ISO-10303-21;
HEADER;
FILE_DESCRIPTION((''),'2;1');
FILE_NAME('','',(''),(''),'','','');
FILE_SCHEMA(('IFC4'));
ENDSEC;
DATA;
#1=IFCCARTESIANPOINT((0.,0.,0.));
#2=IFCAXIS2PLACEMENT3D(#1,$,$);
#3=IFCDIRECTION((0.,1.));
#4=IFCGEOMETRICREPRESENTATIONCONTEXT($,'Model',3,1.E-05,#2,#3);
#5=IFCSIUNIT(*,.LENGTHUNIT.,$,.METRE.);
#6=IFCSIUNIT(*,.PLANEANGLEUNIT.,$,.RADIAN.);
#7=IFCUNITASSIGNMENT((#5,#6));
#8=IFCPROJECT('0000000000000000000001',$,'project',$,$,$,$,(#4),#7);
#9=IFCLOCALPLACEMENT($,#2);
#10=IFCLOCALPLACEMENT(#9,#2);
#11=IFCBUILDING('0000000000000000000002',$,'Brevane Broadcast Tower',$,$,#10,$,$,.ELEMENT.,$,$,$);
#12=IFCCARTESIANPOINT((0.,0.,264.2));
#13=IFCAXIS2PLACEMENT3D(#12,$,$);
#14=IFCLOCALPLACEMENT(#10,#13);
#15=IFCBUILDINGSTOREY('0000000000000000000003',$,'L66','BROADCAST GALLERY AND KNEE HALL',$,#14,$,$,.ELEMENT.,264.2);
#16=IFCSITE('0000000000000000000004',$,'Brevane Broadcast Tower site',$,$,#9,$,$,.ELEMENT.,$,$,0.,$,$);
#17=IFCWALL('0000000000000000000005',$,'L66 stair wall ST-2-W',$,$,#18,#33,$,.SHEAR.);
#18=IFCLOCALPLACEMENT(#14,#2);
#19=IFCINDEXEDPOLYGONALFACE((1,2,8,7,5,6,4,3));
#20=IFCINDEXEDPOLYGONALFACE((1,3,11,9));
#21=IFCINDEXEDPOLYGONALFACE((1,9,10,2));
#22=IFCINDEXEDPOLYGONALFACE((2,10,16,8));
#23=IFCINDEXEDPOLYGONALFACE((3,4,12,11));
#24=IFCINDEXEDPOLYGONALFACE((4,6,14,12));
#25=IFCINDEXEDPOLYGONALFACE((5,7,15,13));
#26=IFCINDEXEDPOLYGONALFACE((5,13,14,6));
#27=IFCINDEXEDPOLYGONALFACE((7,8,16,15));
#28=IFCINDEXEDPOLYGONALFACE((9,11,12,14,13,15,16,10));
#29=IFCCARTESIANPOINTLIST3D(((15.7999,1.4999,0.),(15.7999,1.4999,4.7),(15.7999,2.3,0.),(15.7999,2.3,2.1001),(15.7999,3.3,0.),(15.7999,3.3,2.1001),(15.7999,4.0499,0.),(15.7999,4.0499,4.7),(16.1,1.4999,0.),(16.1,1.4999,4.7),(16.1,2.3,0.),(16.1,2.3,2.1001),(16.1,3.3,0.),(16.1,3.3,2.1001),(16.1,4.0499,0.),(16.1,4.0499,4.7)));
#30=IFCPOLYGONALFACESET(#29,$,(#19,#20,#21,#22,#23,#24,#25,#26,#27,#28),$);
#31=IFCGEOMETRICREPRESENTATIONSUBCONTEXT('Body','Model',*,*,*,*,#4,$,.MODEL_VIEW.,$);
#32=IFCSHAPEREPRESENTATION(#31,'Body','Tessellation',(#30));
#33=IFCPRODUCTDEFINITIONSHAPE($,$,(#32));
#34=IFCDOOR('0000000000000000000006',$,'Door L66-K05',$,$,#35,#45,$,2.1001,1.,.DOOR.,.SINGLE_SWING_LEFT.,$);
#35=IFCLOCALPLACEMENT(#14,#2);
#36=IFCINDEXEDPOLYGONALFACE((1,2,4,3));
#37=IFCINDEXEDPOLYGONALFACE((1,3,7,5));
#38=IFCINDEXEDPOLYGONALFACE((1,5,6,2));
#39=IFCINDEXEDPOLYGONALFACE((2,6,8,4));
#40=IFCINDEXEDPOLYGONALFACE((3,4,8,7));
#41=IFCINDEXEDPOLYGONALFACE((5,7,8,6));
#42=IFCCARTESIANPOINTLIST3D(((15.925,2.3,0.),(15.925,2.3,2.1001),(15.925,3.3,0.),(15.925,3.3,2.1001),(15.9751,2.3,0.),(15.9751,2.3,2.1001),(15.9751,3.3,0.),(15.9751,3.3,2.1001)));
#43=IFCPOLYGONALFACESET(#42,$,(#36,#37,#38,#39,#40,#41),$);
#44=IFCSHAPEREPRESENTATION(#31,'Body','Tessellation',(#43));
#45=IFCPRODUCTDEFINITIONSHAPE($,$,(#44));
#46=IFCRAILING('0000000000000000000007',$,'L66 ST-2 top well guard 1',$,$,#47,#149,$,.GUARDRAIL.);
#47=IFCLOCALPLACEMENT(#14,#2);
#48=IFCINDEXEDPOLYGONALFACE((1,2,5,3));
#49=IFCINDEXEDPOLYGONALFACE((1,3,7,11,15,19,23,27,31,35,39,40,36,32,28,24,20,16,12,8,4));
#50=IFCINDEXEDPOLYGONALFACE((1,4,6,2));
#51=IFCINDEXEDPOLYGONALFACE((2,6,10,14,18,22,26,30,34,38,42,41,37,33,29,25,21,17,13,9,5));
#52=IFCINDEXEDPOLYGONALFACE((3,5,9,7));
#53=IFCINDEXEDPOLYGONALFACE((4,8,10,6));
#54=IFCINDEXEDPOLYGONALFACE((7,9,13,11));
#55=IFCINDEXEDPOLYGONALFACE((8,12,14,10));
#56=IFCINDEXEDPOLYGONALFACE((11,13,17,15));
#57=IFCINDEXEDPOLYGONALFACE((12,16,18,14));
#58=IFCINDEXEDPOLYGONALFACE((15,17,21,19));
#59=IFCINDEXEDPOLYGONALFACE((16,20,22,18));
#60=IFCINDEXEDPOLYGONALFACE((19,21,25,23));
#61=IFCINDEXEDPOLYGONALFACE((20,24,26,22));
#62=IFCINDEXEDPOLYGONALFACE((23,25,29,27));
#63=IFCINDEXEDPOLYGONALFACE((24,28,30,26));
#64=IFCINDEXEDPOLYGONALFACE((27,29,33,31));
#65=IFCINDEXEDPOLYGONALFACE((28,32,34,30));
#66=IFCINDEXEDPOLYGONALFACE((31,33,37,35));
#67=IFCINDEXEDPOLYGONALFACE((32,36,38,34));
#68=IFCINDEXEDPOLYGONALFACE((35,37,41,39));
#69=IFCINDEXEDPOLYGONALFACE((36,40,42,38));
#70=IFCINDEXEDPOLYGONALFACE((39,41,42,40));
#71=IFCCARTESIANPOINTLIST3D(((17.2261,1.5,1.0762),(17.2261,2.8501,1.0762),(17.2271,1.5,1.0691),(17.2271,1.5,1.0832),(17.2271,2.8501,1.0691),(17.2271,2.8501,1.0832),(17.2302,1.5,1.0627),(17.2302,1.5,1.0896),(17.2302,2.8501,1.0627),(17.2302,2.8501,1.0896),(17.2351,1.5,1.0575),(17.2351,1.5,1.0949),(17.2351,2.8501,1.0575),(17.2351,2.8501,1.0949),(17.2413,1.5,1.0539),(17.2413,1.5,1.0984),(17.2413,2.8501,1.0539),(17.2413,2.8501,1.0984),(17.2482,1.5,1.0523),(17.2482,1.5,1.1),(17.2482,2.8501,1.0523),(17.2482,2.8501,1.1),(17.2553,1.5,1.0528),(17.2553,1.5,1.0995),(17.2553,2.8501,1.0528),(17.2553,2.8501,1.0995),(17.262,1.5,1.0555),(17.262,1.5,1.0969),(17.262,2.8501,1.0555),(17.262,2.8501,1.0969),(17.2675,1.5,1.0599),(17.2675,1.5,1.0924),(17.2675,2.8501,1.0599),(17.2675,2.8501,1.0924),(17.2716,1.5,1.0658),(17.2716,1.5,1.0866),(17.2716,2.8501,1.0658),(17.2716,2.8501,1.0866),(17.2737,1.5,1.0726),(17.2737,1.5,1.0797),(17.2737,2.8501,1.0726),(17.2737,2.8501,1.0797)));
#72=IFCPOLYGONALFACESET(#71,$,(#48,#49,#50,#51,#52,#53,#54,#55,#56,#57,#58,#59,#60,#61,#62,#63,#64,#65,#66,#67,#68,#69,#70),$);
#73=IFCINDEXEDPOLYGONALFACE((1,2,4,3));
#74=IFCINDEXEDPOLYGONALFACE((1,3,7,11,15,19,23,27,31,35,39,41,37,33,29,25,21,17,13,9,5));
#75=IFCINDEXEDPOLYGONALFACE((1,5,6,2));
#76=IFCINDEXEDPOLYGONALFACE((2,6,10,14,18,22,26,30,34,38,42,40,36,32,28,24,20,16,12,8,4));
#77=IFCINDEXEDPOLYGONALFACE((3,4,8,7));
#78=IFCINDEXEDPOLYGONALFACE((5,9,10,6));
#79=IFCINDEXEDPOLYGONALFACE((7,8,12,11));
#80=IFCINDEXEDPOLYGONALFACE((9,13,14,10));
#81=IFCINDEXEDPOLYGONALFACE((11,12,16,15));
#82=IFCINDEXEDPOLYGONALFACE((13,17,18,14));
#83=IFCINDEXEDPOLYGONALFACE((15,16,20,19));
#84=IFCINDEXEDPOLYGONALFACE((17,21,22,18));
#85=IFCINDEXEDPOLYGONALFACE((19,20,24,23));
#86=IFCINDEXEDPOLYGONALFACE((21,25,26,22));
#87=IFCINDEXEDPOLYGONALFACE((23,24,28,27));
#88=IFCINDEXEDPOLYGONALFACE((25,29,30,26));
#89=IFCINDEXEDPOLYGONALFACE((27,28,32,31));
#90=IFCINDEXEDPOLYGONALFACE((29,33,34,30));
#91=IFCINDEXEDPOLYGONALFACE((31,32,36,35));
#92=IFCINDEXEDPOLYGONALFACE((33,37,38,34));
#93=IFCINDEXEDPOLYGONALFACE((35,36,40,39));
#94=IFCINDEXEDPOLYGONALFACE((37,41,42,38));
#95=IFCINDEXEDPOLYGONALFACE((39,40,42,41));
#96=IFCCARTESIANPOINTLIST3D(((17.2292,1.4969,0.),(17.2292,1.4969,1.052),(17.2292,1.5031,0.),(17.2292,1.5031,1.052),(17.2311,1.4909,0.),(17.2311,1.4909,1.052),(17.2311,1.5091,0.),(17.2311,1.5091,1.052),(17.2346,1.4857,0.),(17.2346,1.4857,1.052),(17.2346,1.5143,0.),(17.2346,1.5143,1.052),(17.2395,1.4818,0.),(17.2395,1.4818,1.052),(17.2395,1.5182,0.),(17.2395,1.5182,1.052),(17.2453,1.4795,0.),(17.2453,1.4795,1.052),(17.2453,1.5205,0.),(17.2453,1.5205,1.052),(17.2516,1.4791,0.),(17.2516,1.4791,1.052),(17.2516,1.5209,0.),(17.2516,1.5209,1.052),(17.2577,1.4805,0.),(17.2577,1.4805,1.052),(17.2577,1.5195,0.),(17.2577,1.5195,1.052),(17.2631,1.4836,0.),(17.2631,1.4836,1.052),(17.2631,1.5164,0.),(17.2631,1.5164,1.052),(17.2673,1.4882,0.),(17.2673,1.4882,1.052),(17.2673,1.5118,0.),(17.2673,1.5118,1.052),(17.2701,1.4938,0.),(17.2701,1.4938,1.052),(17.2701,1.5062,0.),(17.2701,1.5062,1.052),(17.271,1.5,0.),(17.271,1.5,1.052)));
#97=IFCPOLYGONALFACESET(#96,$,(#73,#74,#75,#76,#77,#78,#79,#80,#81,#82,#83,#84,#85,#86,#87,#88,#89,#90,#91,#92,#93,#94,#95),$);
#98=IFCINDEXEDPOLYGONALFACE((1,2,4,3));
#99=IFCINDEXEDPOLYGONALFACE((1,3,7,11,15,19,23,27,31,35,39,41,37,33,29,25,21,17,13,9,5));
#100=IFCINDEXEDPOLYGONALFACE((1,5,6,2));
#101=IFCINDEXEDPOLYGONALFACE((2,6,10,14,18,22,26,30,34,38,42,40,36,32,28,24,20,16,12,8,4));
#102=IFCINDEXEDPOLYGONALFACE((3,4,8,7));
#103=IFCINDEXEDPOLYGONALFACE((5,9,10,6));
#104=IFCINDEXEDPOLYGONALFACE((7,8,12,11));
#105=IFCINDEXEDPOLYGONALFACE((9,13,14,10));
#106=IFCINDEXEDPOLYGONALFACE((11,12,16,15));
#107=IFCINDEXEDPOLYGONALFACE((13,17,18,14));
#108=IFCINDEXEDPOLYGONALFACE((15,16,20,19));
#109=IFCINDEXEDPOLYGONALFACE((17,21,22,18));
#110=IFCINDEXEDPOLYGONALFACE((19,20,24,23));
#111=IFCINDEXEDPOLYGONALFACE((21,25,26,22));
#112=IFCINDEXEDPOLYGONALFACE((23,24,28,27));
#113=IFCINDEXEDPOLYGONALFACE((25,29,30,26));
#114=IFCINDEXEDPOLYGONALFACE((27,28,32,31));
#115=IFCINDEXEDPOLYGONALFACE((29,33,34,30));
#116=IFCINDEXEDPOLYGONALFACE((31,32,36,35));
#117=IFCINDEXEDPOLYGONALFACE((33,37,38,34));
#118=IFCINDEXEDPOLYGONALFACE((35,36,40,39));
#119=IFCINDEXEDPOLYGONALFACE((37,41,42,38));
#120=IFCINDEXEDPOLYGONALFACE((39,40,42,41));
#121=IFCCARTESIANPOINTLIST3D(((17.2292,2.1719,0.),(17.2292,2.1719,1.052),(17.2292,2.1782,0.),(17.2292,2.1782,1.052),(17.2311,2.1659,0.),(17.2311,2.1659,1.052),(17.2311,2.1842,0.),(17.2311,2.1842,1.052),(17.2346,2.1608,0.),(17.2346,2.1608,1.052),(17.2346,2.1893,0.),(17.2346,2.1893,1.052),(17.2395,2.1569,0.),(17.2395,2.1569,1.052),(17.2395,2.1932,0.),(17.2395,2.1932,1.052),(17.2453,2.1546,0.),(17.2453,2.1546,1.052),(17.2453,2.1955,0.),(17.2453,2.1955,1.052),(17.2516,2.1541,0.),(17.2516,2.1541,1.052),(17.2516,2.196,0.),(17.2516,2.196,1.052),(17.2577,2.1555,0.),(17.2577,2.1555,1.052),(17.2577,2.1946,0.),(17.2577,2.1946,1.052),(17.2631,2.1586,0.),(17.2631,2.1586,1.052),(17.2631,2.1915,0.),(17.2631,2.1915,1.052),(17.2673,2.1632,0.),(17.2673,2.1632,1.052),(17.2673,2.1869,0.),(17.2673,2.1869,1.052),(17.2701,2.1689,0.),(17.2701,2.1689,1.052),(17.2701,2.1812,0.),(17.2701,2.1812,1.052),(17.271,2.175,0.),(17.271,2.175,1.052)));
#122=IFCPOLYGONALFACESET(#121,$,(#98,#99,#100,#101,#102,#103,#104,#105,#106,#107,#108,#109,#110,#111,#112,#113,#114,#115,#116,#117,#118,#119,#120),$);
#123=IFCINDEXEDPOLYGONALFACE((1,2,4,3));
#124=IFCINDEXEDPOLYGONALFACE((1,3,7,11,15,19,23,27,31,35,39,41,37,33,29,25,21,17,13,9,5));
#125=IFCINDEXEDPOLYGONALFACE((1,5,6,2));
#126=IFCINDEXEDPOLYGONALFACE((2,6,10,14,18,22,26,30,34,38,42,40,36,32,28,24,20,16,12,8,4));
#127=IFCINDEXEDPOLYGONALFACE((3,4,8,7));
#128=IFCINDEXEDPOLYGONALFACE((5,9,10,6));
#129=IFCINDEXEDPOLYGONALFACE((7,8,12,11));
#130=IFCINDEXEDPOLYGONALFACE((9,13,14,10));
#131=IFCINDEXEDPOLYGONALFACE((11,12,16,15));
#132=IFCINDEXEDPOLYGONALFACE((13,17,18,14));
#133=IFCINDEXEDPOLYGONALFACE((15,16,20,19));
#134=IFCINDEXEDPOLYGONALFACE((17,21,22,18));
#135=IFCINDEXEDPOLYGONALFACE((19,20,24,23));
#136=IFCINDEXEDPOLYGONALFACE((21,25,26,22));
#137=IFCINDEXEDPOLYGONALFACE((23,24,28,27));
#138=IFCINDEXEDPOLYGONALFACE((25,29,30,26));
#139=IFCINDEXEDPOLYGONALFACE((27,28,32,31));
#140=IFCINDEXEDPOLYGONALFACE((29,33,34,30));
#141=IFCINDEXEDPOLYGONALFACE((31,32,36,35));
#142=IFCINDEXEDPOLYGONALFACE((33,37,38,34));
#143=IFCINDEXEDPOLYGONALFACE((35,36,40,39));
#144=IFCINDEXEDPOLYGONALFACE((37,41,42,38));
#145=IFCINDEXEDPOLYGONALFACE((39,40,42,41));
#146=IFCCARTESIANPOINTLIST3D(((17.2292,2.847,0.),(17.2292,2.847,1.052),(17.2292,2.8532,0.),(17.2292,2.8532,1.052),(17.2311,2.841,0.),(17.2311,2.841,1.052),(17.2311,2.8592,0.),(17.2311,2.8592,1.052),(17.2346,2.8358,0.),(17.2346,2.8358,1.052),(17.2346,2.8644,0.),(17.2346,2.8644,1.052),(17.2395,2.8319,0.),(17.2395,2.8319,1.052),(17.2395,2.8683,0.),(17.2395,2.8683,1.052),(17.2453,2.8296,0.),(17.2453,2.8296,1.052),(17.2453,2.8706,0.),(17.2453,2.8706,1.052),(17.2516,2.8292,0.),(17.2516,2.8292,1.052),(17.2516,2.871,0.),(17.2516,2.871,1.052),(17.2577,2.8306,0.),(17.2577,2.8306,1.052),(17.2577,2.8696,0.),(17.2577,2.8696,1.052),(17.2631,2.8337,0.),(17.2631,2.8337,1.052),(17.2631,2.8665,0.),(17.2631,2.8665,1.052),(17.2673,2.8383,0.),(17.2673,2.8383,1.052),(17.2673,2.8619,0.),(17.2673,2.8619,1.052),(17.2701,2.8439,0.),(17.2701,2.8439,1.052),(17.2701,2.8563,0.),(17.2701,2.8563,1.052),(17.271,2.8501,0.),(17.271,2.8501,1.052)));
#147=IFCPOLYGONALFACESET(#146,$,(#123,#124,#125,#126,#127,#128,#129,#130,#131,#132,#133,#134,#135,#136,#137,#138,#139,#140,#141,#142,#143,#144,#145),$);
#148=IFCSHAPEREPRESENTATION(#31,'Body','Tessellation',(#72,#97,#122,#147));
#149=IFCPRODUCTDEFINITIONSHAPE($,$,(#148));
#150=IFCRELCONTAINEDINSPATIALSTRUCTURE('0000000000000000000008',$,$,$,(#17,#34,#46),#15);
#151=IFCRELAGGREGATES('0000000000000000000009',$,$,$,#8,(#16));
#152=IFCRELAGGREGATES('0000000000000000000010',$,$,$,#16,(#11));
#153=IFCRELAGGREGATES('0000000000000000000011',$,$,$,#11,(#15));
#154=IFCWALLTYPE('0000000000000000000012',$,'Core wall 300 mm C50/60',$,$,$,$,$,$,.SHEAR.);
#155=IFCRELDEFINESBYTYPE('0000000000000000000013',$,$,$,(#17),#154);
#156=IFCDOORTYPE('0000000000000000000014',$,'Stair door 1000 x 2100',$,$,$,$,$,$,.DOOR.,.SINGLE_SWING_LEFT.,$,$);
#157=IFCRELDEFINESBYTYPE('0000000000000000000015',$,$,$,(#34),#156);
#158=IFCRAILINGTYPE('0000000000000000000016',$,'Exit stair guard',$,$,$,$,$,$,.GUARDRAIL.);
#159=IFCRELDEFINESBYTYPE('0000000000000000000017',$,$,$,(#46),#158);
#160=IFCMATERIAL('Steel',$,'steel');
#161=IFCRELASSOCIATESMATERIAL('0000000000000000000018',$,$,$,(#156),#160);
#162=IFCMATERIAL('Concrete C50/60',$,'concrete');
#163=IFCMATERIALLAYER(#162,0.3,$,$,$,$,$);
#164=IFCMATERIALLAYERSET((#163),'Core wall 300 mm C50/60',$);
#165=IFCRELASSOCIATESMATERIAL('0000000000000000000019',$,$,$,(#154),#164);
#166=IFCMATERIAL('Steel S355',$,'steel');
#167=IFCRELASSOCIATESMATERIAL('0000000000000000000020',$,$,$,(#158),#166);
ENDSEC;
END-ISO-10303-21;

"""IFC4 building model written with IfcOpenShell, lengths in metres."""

from ifc_helpers import new_model, si_unit, direction, frame, frame_2d, origin, origin_2d, place, context, subcontext, project, spatial, rectangle, circle, extrude, material, layer, layer_set, type_object, element, fill, save


model = new_model("IFC4")

# Units and contexts
model_context = context("Model", 3, precision=1e-05, world=origin(), true_north=direction((0.0, 1.0)))
body_context = subcontext(model_context, "Body", "Model", "MODEL_VIEW")
ifc_project = project(units=[si_unit("LENGTHUNIT", "METRE"), si_unit("PLANEANGLEUNIT", "RADIAN")], contexts=[model_context])

# Site, building, storey
site_placement = place(None, origin())
site = spatial("IfcSite", under=ifc_project, at=site_placement, Name="Brevane Broadcast Tower site", CompositionType="ELEMENT", RefElevation=0.0)
building_placement = place(site_placement, origin())
building = spatial("IfcBuilding", under=site, at=building_placement, Name="Brevane Broadcast Tower", CompositionType="ELEMENT")
storey_placement = place(building_placement, frame((0.0, 0.0, 264.2)))
storey = spatial("IfcBuildingStorey", under=building, at=storey_placement, Name="L66", Description="BROADCAST GALLERY AND KNEE HALL", CompositionType="ELEMENT", Elevation=264.2)

# Shared definitions
ifc_material_1 = material(Name="Steel", Category="steel")
door_type_1 = type_object("IfcDoorType", Name="Stair door 1000 x 2100", OperationType="SINGLE_SWING_LEFT", PredefinedType="DOOR", material=ifc_material_1)
ifc_material_2 = material(Name="Concrete C50/60", Category="concrete")
ifc_layer_1 = layer(ifc_material_2, 0.3)
ifc_layer_set_1 = layer_set([ifc_layer_1], Name="Core wall 300 mm C50/60")
wall_type_1 = type_object("IfcWallType", Name="Core wall 300 mm C50/60", PredefinedType="SHEAR", material=ifc_layer_set_1)

# Wall, opening, door
wall_1_placement = place(storey_placement, frame((15.95, 1.5, 0.0), z_axis=(0.0, 0.0, 1.0), x_axis=(0.0, 1.0, 0.0)))
wall_1 = element("IfcWall", 1, at=wall_1_placement, inside=storey, type_object=wall_type_1, Name="L66 stair wall ST-2-W", PredefinedType="SHEAR", context=body_context, shape_type="SweptSolid", body=[
    extrude(rectangle(XDim=2.55, YDim=0.3, at=frame_2d((1.2749, 0.0))), origin(), (0.0, 0.0, 1.0), 4.7),
])
opening_1_placement = place(wall_1_placement, frame((0.8, 0.0, 0.0)))
opening_1 = element("IfcOpeningElement", 2, at=opening_1_placement, cuts=wall_1, PredefinedType="OPENING", context=body_context, shape_type="SweptSolid", body=[
    extrude(rectangle(XDim=1.0, YDim=2.1001, at=frame_2d((0.5, 1.05))), frame((0.0, 0.1599, 0.0), z_axis=(0.0, -1.0, 0.0), x_axis=(1.0, 0.0, 0.0)), (0.0, 0.0, 1.0), 0.3201),
])
door_1_placement = place(opening_1_placement, origin())
door_1 = element("IfcDoor", 3, at=door_1_placement, inside=storey, type_object=door_type_1, Name="Door L66-K05", OperationType="SINGLE_SWING_LEFT", OverallHeight=2.1001, OverallWidth=1.0, PredefinedType="DOOR", context=body_context, shape_type="SweptSolid", body=[
    extrude(rectangle(XDim=1.0, YDim=2.1001, at=frame_2d((0.5, 1.05))), frame((0.0, 0.0249, 0.0), z_axis=(0.0, -1.0, 0.0), x_axis=(1.0, 0.0, 0.0)), (0.0, 0.0, 1.0), 0.05),
])
fill(opening_1, door_1)

# Railing
ifc_material_3 = material(Name="Steel S355", Category="steel")
railing_type_1 = type_object("IfcRailingType", Name="Exit stair guard", PredefinedType="GUARDRAIL", material=ifc_material_3)
railing_1_placement = place(storey_placement, frame((17.25, 1.5, 0.0)))
element("IfcRailing", 4, at=railing_1_placement, inside=storey, type_object=railing_type_1, Name="L66 ST-2 top well guard 1", PredefinedType="GUARDRAIL", context=body_context, shape_type="SweptSolid", body=[
    extrude(circle(Radius=0.0239, at=origin_2d()), frame((0.0, 0.0, 1.0762), z_axis=(0.0, 1.0, 0.0), x_axis=(-1.0, 0.0, 0.0)), (0.0, 0.0, 1.0), 1.3501),
    extrude(circle(Radius=0.021, at=origin_2d()), origin(), (0.0, 0.0, 1.0), 1.052),
    extrude(circle(Radius=0.021, at=origin_2d()), frame((0.0, 0.675, 0.0)), (0.0, 0.0, 1.0), 1.052),
    extrude(circle(Radius=0.021, at=origin_2d()), frame((0.0, 1.3501, 0.0)), (0.0, 0.0, 1.0), 1.052),
])

save(model, "model.ifc")
